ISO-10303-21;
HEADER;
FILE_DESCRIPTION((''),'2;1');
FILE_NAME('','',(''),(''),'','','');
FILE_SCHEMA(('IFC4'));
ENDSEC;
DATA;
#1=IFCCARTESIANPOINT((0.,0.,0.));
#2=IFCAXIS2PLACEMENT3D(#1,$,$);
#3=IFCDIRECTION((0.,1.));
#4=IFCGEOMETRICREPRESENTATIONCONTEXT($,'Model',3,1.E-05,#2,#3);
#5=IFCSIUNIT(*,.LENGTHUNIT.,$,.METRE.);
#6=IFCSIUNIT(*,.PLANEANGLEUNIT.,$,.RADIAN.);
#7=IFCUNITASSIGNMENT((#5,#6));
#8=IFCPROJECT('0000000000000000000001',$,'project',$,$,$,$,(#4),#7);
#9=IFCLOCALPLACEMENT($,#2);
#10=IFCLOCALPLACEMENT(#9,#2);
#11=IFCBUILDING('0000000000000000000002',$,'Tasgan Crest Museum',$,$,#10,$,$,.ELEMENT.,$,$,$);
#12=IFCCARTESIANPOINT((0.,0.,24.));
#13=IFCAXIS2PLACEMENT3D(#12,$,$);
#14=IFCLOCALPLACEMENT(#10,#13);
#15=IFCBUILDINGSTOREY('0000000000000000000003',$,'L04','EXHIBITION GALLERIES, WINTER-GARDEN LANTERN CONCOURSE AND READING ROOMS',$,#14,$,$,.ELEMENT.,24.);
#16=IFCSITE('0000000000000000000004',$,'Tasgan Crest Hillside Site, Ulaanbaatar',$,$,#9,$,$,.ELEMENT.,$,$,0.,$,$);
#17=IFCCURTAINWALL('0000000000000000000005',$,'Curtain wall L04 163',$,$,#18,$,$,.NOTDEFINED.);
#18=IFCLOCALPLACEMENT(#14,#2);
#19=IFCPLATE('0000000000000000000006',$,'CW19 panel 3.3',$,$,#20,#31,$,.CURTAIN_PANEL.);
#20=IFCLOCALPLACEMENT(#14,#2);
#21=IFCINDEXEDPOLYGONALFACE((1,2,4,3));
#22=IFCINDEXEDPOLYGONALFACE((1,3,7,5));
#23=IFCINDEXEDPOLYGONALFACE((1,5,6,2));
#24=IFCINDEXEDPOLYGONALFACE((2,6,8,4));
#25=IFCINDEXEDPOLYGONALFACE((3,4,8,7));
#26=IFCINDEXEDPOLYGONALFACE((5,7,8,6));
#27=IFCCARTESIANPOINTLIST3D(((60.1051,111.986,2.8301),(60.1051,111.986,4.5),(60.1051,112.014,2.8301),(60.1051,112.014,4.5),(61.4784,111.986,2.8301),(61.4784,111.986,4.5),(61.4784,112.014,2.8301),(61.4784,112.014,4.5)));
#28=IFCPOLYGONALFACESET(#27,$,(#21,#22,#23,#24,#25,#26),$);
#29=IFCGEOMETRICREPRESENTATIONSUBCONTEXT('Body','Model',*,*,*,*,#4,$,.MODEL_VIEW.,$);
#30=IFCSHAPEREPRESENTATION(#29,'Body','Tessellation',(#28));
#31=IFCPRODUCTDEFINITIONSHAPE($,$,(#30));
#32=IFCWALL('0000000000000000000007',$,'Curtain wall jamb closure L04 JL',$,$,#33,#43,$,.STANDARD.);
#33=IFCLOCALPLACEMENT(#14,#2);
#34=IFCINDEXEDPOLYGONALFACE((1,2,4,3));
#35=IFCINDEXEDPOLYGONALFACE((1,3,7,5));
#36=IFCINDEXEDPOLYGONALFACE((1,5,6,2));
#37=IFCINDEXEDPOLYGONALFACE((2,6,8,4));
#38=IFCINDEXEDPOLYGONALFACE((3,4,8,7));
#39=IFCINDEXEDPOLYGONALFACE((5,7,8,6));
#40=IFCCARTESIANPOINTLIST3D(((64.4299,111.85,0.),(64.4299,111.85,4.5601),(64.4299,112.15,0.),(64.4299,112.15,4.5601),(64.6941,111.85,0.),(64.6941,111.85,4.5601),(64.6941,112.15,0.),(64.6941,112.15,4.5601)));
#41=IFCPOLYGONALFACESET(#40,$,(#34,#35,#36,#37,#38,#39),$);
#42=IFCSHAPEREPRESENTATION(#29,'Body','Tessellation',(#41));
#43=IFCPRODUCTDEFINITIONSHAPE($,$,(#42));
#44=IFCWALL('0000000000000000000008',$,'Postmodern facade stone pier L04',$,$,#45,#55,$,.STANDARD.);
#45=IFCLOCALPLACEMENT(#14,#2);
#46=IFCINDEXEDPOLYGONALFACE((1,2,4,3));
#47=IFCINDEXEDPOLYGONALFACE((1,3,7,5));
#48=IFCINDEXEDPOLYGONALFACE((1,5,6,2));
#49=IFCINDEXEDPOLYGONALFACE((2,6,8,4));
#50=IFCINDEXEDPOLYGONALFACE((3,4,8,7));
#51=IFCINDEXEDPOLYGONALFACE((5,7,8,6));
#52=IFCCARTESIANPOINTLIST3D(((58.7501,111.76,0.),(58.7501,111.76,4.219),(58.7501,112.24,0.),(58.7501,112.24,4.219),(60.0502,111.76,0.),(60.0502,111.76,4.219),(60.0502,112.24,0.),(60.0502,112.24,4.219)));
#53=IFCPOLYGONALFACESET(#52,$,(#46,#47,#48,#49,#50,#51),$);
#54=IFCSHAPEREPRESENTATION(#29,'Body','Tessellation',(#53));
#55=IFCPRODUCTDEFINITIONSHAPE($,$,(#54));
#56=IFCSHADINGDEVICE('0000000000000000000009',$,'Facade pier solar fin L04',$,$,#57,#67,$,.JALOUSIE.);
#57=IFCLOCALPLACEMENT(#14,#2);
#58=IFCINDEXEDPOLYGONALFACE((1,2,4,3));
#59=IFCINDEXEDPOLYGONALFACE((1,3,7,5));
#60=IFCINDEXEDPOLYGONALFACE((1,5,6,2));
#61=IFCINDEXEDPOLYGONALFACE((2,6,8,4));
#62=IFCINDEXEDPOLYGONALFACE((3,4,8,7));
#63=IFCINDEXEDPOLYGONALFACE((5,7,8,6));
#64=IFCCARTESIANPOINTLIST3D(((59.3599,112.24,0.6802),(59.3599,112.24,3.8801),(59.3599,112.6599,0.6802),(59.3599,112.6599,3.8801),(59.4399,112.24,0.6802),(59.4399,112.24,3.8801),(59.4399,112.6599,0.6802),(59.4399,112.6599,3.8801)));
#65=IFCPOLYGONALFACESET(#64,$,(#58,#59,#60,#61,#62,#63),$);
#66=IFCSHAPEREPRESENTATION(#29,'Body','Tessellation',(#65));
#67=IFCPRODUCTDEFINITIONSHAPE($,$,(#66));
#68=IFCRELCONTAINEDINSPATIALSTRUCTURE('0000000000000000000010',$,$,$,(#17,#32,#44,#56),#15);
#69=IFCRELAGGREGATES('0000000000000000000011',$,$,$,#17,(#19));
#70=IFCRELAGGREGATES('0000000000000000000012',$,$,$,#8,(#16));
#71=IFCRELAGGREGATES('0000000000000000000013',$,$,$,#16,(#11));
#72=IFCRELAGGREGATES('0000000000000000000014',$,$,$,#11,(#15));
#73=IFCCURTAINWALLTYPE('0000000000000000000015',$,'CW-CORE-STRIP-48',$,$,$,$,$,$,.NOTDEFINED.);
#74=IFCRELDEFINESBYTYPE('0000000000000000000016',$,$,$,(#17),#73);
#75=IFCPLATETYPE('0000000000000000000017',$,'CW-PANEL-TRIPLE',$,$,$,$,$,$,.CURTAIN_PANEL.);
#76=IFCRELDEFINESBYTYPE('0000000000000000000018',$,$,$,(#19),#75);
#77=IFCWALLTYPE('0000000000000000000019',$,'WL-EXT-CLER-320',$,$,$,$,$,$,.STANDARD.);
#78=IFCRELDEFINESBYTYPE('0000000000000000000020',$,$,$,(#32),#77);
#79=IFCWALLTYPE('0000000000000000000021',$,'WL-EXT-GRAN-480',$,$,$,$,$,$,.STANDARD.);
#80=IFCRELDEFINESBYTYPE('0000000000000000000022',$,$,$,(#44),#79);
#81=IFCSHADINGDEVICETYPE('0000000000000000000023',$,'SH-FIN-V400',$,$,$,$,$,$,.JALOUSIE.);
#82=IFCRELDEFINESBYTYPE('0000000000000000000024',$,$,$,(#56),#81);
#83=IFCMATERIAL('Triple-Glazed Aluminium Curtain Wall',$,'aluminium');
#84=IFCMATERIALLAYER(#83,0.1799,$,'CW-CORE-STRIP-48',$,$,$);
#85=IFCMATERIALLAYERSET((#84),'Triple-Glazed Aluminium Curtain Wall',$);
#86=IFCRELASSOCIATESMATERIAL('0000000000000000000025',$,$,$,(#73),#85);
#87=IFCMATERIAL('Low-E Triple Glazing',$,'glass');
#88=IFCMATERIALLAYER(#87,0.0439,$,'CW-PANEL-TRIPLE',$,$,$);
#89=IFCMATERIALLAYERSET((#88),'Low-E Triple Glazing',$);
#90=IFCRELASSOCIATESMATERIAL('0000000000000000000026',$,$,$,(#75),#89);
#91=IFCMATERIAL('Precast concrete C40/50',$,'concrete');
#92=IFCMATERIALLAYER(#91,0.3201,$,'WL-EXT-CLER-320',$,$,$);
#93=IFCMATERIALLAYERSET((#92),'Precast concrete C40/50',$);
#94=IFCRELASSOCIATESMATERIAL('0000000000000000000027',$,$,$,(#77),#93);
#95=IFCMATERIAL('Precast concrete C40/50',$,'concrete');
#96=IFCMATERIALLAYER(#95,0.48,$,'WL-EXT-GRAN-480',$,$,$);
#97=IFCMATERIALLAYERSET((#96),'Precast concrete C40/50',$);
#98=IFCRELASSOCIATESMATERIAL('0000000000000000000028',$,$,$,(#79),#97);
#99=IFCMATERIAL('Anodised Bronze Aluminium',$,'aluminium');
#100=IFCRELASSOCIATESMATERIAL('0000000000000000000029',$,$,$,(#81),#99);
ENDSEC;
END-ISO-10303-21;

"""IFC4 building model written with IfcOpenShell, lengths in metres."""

from ifc_helpers import new_model, si_unit, direction, frame, frame_2d, origin, origin_2d, place, context, subcontext, project, spatial, rectangle, extrude, material, layer, layer_set, type_object, element, aggregate, save


model = new_model("IFC4")

# Units and contexts
model_context = context("Model", 3, precision=1e-05, world=origin(), true_north=direction((0.0, 1.0)))
body_context = subcontext(model_context, "Body", "Model", "MODEL_VIEW")
ifc_project = project(units=[si_unit("LENGTHUNIT", "METRE"), si_unit("PLANEANGLEUNIT", "RADIAN")], contexts=[model_context])

# Site, building, storey
site_placement = place(None, origin())
site = spatial("IfcSite", under=ifc_project, at=site_placement, Name="Tasgan Crest Hillside Site, Ulaanbaatar", CompositionType="ELEMENT", RefElevation=0.0)
building_placement = place(site_placement, origin())
building = spatial("IfcBuilding", under=site, at=building_placement, Name="Tasgan Crest Museum", CompositionType="ELEMENT")
storey_placement = place(building_placement, frame((0.0, 0.0, 24.0)))
storey = spatial("IfcBuildingStorey", under=building, at=storey_placement, Name="L04", Description="EXHIBITION GALLERIES, WINTER-GARDEN LANTERN CONCOURSE AND READING ROOMS", CompositionType="ELEMENT", Elevation=24.0)

# Curtain wall
ifc_material_1 = material(Name="Triple-Glazed Aluminium Curtain Wall", Category="aluminium")
ifc_layer_1 = layer(ifc_material_1, 0.1799, Name="CW-CORE-STRIP-48")
ifc_layer_set_1 = layer_set([ifc_layer_1], Name="Triple-Glazed Aluminium Curtain Wall")
curtain_wall_type = type_object("IfcCurtainWallType", Name="CW-CORE-STRIP-48", PredefinedType="NOTDEFINED", material=ifc_layer_set_1)
curtain_wall_placement = place(storey_placement, origin())
curtain_wall = element("IfcCurtainWall", 1, at=curtain_wall_placement, inside=storey, type_object=curtain_wall_type, Name="Curtain wall L04 163", PredefinedType="NOTDEFINED")

# Plate
ifc_material_2 = material(Name="Low-E Triple Glazing", Category="glass")
ifc_layer_2 = layer(ifc_material_2, 0.0439, Name="CW-PANEL-TRIPLE")
ifc_layer_set_2 = layer_set([ifc_layer_2], Name="Low-E Triple Glazing")
plate_type_1 = type_object("IfcPlateType", Name="CW-PANEL-TRIPLE", PredefinedType="CURTAIN_PANEL", material=ifc_layer_set_2)
plate_1_placement = place(storey_placement, frame((60.7917, 112.0, 2.8301), z_axis=(0.0, 0.0, 1.0), x_axis=(-1.0, 0.0, 0.0)))
plate_1 = element("IfcPlate", 2, at=plate_1_placement, type_object=plate_type_1, Name="CW19 panel 3.3", PredefinedType="CURTAIN_PANEL", context=body_context, shape_type="SweptSolid", body=[
    extrude(rectangle(XDim=1.3733, YDim=0.0281, at=origin_2d()), origin(), (0.0, 0.0, 1.0), 1.6699),
])
aggregate(curtain_wall, [plate_1])

# Walls
ifc_material_3 = material(Name="Precast concrete C40/50", Category="concrete")
ifc_layer_3 = layer(ifc_material_3, 0.3201, Name="WL-EXT-CLER-320")
ifc_layer_set_3 = layer_set([ifc_layer_3], Name="Precast concrete C40/50")
wall_type_1 = type_object("IfcWallType", Name="WL-EXT-CLER-320", PredefinedType="STANDARD", material=ifc_layer_set_3)
wall_1_placement = place(storey_placement, frame((64.6941, 112.0, 0.0), z_axis=(0.0, 0.0, 1.0), x_axis=(-1.0, 0.0, 0.0)))
element("IfcWall", 3, at=wall_1_placement, inside=storey, type_object=wall_type_1, Name="Curtain wall jamb closure L04 JL", PredefinedType="STANDARD", context=body_context, shape_type="SweptSolid", body=[
    extrude(rectangle(XDim=0.2642, YDim=0.3, at=frame_2d((0.1321, 0.0))), origin(), (0.0, 0.0, 1.0), 4.5601),
])
ifc_material_4 = material(Name="Precast concrete C40/50", Category="concrete")
ifc_layer_4 = layer(ifc_material_4, 0.48, Name="WL-EXT-GRAN-480")
ifc_layer_set_4 = layer_set([ifc_layer_4], Name="Precast concrete C40/50")
wall_type_2 = type_object("IfcWallType", Name="WL-EXT-GRAN-480", PredefinedType="STANDARD", material=ifc_layer_set_4)
wall_2_placement = place(storey_placement, frame((60.05, 112.0, 0.0), z_axis=(0.0, 0.0, 1.0), x_axis=(-1.0, 0.0, 0.0)))
element("IfcWall", 4, at=wall_2_placement, inside=storey, type_object=wall_type_2, Name="Postmodern facade stone pier L04", PredefinedType="STANDARD", context=body_context, shape_type="SweptSolid", body=[
    extrude(rectangle(XDim=1.3, YDim=0.48, at=frame_2d((0.6499, 0.0))), origin(), (0.0, 0.0, 1.0), 4.219),
])

# Shading device
ifc_material_5 = material(Name="Anodised Bronze Aluminium", Category="aluminium")
shading_device_type = type_object("IfcShadingDeviceType", Name="SH-FIN-V400", PredefinedType="JALOUSIE", material=ifc_material_5)
shading_device_placement = place(storey_placement, frame((59.3999, 112.45, 0.6802), z_axis=(0.0, 0.0, 1.0), x_axis=(-1.0, 0.0, 0.0)))
element("IfcShadingDevice", 5, at=shading_device_placement, inside=storey, type_object=shading_device_type, Name="Facade pier solar fin L04", PredefinedType="JALOUSIE", context=body_context, shape_type="SweptSolid", body=[
    extrude(rectangle(XDim=0.0801, YDim=0.4199, at=origin_2d()), origin(), (0.0, 0.0, 1.0), 3.2),
])

save(model, "model.ifc")
